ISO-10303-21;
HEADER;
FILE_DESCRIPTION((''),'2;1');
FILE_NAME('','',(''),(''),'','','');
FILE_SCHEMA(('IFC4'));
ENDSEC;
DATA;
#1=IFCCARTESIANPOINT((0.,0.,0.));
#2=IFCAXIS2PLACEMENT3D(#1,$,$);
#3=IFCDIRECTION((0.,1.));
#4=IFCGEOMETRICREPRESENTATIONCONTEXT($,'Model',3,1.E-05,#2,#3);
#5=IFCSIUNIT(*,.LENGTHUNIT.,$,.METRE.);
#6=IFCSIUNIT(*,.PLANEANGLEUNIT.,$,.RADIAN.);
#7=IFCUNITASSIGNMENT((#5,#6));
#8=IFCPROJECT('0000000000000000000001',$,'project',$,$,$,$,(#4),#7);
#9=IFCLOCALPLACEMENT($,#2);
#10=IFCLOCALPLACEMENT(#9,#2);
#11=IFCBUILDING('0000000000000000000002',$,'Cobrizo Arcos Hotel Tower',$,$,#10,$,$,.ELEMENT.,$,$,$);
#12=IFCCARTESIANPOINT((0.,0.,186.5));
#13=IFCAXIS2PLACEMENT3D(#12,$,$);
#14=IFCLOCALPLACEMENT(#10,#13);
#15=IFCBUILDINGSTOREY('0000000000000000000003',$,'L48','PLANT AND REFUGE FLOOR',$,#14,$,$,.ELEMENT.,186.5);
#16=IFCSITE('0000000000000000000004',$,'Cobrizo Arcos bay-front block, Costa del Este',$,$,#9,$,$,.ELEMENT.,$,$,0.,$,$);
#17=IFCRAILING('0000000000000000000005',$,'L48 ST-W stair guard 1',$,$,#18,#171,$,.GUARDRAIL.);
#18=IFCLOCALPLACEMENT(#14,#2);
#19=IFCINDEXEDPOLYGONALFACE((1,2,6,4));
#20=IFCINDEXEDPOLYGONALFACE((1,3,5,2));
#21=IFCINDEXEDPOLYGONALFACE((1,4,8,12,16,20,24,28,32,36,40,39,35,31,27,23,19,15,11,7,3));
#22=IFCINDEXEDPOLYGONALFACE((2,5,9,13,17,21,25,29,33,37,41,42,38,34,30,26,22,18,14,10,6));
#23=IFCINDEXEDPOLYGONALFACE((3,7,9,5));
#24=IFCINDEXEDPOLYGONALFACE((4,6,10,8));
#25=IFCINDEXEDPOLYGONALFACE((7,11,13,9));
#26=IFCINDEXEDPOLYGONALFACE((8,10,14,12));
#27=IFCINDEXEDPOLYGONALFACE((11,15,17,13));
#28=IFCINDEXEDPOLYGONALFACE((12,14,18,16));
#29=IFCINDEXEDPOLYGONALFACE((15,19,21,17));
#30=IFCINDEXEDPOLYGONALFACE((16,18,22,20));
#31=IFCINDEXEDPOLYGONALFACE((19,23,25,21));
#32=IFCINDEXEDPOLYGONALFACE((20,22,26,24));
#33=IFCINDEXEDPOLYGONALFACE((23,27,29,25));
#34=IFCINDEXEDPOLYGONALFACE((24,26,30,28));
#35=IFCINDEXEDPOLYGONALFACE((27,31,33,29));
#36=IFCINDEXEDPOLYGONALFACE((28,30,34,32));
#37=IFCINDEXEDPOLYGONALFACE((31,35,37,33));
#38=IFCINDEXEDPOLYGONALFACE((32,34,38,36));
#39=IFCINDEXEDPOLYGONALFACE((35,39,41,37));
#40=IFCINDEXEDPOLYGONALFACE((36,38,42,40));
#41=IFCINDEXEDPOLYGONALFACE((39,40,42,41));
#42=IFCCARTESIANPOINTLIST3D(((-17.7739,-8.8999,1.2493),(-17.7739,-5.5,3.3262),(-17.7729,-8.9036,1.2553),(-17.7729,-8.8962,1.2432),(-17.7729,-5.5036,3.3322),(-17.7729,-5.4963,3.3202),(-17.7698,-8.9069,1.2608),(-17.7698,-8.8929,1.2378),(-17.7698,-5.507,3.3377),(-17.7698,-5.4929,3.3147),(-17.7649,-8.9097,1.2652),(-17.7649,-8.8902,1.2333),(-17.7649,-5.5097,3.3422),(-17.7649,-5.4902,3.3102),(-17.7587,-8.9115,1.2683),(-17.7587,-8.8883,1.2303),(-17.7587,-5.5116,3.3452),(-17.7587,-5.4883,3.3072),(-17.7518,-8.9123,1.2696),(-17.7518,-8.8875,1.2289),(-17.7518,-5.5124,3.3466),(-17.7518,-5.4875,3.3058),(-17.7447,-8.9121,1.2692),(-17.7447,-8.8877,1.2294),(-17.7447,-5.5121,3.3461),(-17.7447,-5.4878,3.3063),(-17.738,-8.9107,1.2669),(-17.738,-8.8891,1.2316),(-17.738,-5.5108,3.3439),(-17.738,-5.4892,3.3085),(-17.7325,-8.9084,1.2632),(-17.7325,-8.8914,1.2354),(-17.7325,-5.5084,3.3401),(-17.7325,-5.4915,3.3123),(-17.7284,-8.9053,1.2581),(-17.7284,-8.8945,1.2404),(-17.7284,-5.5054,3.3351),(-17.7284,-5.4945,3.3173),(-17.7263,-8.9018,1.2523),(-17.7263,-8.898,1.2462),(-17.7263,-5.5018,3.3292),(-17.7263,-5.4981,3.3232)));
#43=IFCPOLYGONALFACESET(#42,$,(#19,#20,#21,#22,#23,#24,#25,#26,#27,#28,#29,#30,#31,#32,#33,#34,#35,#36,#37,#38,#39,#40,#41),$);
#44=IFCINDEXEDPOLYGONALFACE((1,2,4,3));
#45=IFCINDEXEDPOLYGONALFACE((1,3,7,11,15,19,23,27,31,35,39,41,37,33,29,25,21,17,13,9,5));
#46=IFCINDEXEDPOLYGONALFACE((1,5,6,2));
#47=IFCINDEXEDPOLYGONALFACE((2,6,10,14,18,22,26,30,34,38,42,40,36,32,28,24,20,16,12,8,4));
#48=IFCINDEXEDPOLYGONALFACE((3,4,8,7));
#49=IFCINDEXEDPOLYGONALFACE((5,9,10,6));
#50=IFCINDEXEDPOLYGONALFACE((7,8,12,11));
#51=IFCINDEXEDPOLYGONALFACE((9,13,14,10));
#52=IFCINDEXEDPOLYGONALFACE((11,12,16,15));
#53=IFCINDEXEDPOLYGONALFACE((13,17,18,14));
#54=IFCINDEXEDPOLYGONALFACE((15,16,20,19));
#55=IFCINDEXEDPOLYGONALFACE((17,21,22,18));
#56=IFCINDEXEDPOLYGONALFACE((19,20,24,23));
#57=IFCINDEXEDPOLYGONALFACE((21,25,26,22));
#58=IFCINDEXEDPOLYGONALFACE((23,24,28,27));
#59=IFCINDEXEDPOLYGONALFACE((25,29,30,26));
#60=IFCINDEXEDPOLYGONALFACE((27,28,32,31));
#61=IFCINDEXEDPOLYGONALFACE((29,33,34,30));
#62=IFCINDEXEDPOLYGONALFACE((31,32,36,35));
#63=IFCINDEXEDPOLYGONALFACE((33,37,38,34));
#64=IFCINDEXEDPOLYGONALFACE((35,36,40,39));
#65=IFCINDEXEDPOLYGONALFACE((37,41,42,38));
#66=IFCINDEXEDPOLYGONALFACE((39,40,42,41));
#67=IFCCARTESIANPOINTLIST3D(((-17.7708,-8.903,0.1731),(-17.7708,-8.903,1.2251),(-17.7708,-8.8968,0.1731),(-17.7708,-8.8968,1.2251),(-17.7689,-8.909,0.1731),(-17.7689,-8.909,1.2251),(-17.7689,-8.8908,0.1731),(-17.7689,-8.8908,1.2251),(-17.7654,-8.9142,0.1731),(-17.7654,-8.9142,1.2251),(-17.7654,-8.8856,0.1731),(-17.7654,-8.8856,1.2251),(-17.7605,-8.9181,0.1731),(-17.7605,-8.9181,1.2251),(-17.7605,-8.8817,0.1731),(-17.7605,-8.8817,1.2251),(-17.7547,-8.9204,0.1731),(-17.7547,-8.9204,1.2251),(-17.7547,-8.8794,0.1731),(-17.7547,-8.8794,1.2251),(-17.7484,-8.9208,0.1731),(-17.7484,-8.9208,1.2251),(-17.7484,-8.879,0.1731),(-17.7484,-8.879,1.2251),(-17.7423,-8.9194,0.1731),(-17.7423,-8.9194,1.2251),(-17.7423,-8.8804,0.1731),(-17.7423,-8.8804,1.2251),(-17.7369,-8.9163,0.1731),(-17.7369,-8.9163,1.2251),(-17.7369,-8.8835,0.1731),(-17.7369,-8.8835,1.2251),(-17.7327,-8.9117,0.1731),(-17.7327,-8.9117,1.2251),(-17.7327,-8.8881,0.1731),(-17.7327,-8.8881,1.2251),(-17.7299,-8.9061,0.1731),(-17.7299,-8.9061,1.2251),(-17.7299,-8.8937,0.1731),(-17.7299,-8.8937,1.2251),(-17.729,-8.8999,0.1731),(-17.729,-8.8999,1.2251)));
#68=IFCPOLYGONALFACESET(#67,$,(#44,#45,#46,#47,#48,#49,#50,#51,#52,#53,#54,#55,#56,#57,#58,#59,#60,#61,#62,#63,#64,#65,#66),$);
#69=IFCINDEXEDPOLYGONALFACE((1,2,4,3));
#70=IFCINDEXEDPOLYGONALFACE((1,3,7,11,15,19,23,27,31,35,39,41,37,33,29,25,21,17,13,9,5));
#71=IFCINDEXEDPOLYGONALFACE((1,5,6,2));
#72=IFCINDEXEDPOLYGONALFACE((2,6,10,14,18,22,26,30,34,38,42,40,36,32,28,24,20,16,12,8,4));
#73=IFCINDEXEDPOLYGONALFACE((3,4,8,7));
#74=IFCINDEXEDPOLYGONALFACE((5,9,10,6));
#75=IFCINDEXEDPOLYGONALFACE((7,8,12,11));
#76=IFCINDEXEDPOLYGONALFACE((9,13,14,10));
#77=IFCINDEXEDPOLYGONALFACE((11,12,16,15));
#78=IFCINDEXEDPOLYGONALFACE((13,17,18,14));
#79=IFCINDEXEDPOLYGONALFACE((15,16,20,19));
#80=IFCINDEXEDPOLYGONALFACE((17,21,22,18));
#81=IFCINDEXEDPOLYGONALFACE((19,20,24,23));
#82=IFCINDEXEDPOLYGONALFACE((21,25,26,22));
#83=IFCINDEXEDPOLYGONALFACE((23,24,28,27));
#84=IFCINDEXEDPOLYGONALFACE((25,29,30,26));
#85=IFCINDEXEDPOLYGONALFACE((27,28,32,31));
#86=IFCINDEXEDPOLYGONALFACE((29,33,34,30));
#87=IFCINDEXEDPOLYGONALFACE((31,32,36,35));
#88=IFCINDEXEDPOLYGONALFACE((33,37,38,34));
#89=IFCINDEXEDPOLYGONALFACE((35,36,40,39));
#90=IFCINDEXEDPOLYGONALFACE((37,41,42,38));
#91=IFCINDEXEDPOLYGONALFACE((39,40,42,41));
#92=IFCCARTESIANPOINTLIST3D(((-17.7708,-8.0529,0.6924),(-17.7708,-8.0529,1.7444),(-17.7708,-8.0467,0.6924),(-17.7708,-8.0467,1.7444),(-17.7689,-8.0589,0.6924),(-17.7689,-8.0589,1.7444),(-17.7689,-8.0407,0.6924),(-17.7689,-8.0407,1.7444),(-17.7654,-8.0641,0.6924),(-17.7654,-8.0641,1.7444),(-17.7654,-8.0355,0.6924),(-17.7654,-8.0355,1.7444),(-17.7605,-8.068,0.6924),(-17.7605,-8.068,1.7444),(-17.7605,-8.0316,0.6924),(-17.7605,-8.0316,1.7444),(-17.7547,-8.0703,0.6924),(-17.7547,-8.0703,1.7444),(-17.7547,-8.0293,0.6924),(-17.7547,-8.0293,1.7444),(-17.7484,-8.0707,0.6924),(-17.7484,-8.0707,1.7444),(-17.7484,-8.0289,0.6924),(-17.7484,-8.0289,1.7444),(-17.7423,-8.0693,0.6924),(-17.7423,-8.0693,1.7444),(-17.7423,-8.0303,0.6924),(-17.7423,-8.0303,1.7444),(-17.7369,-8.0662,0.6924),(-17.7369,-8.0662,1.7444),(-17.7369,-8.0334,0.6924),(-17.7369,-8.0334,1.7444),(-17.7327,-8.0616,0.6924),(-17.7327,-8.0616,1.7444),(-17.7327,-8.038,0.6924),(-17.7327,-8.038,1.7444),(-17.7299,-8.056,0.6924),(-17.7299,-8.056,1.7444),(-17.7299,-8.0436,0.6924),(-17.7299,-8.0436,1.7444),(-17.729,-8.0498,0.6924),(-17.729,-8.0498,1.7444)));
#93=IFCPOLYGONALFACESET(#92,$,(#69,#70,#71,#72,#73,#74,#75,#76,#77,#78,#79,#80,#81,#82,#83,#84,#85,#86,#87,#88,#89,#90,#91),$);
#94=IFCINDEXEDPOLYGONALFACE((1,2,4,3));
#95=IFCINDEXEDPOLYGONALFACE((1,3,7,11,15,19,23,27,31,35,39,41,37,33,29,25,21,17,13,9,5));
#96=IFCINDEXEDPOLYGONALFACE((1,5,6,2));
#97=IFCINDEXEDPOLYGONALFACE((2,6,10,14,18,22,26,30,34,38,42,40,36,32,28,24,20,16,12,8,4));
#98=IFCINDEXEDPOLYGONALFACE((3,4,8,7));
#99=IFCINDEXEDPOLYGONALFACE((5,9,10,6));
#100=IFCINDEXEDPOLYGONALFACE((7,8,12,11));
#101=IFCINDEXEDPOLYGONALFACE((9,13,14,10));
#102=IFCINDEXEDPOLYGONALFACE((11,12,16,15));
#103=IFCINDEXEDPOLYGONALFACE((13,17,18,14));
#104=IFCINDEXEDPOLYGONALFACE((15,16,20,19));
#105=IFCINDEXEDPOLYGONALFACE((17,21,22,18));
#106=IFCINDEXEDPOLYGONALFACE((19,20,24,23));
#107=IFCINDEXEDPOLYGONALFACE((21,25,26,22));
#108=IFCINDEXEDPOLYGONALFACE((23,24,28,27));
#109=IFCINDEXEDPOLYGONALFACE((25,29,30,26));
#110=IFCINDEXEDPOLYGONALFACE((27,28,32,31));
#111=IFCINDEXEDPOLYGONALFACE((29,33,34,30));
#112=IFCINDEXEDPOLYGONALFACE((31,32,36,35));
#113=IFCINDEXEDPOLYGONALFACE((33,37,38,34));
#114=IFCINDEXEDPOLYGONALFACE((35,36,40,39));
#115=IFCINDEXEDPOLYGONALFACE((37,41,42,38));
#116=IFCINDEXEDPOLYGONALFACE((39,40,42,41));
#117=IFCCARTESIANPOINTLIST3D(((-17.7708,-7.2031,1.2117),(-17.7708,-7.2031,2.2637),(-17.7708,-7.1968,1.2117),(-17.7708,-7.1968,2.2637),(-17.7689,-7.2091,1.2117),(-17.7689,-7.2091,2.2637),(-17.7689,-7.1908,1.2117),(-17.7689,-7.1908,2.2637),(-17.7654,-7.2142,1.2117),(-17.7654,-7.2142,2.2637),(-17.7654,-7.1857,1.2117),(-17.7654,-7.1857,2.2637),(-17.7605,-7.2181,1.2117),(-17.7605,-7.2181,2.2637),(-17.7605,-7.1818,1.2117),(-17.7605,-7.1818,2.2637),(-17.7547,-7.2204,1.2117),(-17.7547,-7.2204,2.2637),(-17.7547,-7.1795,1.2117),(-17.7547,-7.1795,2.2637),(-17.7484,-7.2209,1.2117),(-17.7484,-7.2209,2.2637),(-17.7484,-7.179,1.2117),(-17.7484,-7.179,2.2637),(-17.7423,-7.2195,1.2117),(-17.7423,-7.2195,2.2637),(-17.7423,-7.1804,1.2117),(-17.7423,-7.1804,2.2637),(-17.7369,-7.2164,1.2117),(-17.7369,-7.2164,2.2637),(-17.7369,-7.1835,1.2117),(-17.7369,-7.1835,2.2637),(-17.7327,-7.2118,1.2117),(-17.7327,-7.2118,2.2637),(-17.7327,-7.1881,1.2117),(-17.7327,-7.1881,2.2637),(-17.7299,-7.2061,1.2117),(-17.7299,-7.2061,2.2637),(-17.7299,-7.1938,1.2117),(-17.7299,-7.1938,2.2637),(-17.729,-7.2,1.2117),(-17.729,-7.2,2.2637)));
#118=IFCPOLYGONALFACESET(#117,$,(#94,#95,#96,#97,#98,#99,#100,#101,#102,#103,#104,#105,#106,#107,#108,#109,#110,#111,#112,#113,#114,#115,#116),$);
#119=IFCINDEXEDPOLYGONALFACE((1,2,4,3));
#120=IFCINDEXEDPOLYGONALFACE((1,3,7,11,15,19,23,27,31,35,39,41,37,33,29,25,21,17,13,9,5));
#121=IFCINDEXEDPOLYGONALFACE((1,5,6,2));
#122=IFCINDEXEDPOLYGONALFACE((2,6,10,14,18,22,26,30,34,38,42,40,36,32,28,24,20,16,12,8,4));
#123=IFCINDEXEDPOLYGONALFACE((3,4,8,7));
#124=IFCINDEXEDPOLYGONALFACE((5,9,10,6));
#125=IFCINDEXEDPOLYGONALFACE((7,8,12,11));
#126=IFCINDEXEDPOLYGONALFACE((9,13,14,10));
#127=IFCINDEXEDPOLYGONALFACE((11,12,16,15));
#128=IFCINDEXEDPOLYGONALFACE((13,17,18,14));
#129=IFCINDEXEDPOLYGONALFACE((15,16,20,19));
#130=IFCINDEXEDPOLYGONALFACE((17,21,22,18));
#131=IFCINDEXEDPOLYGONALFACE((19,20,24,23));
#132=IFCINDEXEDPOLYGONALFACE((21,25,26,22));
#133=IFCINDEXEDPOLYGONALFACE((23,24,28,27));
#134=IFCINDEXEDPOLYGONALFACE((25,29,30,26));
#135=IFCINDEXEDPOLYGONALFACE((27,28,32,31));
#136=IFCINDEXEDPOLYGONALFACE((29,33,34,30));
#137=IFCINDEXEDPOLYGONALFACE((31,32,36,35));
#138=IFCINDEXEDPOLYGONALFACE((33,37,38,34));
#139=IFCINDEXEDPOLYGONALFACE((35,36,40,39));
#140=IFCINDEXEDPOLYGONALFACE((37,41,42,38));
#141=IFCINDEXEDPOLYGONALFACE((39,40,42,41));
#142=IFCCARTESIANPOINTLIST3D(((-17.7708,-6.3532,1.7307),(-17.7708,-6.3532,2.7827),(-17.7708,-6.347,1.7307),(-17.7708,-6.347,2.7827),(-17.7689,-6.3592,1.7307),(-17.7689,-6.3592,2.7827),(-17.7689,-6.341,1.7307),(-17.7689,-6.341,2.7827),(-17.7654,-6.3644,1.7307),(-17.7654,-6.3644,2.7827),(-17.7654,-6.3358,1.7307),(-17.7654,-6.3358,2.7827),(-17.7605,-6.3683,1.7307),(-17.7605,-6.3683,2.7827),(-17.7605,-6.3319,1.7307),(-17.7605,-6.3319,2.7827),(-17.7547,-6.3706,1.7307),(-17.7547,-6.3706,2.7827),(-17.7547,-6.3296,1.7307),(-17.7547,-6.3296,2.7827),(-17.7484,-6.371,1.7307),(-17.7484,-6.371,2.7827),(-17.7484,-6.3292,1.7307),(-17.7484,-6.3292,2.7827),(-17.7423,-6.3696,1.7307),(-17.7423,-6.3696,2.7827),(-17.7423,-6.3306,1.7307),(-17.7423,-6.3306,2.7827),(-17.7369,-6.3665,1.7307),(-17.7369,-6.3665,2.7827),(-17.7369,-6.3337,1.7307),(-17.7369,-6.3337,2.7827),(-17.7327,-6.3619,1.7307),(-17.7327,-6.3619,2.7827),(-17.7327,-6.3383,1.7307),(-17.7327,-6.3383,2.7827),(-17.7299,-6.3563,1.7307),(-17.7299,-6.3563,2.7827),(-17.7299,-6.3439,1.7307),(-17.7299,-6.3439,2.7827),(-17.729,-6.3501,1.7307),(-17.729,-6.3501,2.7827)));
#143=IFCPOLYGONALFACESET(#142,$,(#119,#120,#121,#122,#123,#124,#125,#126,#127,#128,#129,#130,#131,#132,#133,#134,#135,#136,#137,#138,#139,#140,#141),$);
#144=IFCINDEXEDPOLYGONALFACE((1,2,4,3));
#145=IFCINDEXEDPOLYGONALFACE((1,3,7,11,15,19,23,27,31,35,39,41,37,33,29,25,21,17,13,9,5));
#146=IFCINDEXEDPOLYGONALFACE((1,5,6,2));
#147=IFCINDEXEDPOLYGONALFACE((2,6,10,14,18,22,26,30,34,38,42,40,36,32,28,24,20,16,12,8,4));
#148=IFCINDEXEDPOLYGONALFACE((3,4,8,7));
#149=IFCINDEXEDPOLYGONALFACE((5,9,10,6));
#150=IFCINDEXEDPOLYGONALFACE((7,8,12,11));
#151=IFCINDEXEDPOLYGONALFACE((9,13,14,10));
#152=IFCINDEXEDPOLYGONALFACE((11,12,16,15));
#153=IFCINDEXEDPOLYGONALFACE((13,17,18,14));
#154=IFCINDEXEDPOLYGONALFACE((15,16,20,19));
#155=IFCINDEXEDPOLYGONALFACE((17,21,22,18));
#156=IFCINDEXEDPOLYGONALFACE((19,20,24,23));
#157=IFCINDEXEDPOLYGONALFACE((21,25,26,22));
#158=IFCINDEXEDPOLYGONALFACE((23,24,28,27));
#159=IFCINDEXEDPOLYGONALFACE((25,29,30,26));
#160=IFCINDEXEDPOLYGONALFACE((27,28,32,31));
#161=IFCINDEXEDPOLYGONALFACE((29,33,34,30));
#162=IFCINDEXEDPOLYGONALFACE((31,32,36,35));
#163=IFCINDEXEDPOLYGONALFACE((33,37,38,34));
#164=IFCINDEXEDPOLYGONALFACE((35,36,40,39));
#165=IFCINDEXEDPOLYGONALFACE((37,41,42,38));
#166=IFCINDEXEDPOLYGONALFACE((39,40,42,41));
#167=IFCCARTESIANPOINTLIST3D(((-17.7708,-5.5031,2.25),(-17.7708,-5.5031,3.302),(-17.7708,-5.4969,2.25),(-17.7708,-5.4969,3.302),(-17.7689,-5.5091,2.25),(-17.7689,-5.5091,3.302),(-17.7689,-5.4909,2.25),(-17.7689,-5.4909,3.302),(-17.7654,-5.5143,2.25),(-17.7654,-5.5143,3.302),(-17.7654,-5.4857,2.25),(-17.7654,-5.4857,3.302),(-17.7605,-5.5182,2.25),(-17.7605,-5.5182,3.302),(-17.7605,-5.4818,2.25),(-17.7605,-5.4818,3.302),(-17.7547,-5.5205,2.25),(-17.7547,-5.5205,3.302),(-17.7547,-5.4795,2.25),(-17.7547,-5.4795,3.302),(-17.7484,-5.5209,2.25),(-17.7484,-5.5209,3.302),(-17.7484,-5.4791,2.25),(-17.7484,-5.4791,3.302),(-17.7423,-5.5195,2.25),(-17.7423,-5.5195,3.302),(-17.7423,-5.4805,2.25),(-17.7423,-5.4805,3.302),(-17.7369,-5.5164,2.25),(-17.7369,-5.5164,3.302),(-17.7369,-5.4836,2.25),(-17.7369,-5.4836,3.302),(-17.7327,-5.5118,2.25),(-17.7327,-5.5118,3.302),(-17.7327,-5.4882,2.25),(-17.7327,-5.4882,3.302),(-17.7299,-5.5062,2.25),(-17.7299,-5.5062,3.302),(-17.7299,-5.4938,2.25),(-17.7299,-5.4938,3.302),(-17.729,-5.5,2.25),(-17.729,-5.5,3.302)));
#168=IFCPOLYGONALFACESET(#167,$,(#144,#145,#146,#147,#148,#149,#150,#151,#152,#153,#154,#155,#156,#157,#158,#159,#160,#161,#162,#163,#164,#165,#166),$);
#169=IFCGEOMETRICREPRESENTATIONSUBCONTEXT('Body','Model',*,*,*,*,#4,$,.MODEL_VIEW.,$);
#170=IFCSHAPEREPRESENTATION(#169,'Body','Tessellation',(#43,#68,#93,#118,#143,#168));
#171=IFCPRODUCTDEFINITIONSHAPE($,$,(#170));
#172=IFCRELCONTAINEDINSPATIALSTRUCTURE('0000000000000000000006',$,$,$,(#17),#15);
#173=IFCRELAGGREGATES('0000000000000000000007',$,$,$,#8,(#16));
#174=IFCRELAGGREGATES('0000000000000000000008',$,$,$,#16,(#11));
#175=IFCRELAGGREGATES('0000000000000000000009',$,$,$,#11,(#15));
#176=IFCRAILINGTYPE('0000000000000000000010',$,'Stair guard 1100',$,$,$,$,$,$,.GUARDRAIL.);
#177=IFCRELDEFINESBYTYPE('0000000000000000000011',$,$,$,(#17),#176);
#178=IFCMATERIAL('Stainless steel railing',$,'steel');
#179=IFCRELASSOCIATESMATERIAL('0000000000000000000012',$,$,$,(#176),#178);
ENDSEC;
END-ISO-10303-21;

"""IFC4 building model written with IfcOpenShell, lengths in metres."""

from ifc_helpers import new_model, si_unit, direction, frame, origin, origin_2d, place, context, subcontext, project, spatial, circle, extrude, material, type_object, element, save


model = new_model("IFC4")

# Units and contexts
model_context = context("Model", 3, precision=1e-05, world=origin(), true_north=direction((0.0, 1.0)))
body_context = subcontext(model_context, "Body", "Model", "MODEL_VIEW")
ifc_project = project(units=[si_unit("LENGTHUNIT", "METRE"), si_unit("PLANEANGLEUNIT", "RADIAN")], contexts=[model_context])

# Site, building, storey
site_placement = place(None, origin())
site = spatial("IfcSite", under=ifc_project, at=site_placement, Name="Cobrizo Arcos bay-front block, Costa del Este", CompositionType="ELEMENT", RefElevation=0.0)
building_placement = place(site_placement, origin())
building = spatial("IfcBuilding", under=site, at=building_placement, Name="Cobrizo Arcos Hotel Tower", CompositionType="ELEMENT")
storey_placement = place(building_placement, frame((0.0, 0.0, 186.5)))
storey = spatial("IfcBuildingStorey", under=building, at=storey_placement, Name="L48", Description="PLANT AND REFUGE FLOOR", CompositionType="ELEMENT", Elevation=186.5)

# Railing
ifc_material_1 = material(Name="Stainless steel railing", Category="steel")
railing_type_1 = type_object("IfcRailingType", Name="Stair guard 1100", PredefinedType="GUARDRAIL", material=ifc_material_1)
railing_1_placement = place(storey_placement, frame((-17.75, -8.8999, 0.1731)))
element("IfcRailing", 1, at=railing_1_placement, inside=storey, type_object=railing_type_1, Name="L48 ST-W stair guard 1", PredefinedType="GUARDRAIL", context=body_context, shape_type="SweptSolid", body=[
    extrude(circle(Radius=0.0239, at=origin_2d()), frame((0.0, 0.0, 1.0762), z_axis=(0.0, 0.853373, 0.521301), x_axis=(-1.0, 0.0, 0.0)), (0.0, 0.0, 1.0), 3.9841),
    extrude(circle(Radius=0.021, at=origin_2d()), origin(), (0.0, 0.0, 1.0), 1.052),
    extrude(circle(Radius=0.021, at=origin_2d()), frame((0.0, 0.8501, 0.5193)), (0.0, 0.0, 1.0), 1.052),
    extrude(circle(Radius=0.021, at=origin_2d()), frame((0.0, 1.7, 1.0386)), (0.0, 0.0, 1.0), 1.052),
    extrude(circle(Radius=0.021, at=origin_2d()), frame((0.0, 2.5498, 1.5576)), (0.0, 0.0, 1.0), 1.052),
    extrude(circle(Radius=0.021, at=origin_2d()), frame((0.0, 3.3999, 2.0769)), (0.0, 0.0, 1.0), 1.052),
])

save(model, "model.ifc")
